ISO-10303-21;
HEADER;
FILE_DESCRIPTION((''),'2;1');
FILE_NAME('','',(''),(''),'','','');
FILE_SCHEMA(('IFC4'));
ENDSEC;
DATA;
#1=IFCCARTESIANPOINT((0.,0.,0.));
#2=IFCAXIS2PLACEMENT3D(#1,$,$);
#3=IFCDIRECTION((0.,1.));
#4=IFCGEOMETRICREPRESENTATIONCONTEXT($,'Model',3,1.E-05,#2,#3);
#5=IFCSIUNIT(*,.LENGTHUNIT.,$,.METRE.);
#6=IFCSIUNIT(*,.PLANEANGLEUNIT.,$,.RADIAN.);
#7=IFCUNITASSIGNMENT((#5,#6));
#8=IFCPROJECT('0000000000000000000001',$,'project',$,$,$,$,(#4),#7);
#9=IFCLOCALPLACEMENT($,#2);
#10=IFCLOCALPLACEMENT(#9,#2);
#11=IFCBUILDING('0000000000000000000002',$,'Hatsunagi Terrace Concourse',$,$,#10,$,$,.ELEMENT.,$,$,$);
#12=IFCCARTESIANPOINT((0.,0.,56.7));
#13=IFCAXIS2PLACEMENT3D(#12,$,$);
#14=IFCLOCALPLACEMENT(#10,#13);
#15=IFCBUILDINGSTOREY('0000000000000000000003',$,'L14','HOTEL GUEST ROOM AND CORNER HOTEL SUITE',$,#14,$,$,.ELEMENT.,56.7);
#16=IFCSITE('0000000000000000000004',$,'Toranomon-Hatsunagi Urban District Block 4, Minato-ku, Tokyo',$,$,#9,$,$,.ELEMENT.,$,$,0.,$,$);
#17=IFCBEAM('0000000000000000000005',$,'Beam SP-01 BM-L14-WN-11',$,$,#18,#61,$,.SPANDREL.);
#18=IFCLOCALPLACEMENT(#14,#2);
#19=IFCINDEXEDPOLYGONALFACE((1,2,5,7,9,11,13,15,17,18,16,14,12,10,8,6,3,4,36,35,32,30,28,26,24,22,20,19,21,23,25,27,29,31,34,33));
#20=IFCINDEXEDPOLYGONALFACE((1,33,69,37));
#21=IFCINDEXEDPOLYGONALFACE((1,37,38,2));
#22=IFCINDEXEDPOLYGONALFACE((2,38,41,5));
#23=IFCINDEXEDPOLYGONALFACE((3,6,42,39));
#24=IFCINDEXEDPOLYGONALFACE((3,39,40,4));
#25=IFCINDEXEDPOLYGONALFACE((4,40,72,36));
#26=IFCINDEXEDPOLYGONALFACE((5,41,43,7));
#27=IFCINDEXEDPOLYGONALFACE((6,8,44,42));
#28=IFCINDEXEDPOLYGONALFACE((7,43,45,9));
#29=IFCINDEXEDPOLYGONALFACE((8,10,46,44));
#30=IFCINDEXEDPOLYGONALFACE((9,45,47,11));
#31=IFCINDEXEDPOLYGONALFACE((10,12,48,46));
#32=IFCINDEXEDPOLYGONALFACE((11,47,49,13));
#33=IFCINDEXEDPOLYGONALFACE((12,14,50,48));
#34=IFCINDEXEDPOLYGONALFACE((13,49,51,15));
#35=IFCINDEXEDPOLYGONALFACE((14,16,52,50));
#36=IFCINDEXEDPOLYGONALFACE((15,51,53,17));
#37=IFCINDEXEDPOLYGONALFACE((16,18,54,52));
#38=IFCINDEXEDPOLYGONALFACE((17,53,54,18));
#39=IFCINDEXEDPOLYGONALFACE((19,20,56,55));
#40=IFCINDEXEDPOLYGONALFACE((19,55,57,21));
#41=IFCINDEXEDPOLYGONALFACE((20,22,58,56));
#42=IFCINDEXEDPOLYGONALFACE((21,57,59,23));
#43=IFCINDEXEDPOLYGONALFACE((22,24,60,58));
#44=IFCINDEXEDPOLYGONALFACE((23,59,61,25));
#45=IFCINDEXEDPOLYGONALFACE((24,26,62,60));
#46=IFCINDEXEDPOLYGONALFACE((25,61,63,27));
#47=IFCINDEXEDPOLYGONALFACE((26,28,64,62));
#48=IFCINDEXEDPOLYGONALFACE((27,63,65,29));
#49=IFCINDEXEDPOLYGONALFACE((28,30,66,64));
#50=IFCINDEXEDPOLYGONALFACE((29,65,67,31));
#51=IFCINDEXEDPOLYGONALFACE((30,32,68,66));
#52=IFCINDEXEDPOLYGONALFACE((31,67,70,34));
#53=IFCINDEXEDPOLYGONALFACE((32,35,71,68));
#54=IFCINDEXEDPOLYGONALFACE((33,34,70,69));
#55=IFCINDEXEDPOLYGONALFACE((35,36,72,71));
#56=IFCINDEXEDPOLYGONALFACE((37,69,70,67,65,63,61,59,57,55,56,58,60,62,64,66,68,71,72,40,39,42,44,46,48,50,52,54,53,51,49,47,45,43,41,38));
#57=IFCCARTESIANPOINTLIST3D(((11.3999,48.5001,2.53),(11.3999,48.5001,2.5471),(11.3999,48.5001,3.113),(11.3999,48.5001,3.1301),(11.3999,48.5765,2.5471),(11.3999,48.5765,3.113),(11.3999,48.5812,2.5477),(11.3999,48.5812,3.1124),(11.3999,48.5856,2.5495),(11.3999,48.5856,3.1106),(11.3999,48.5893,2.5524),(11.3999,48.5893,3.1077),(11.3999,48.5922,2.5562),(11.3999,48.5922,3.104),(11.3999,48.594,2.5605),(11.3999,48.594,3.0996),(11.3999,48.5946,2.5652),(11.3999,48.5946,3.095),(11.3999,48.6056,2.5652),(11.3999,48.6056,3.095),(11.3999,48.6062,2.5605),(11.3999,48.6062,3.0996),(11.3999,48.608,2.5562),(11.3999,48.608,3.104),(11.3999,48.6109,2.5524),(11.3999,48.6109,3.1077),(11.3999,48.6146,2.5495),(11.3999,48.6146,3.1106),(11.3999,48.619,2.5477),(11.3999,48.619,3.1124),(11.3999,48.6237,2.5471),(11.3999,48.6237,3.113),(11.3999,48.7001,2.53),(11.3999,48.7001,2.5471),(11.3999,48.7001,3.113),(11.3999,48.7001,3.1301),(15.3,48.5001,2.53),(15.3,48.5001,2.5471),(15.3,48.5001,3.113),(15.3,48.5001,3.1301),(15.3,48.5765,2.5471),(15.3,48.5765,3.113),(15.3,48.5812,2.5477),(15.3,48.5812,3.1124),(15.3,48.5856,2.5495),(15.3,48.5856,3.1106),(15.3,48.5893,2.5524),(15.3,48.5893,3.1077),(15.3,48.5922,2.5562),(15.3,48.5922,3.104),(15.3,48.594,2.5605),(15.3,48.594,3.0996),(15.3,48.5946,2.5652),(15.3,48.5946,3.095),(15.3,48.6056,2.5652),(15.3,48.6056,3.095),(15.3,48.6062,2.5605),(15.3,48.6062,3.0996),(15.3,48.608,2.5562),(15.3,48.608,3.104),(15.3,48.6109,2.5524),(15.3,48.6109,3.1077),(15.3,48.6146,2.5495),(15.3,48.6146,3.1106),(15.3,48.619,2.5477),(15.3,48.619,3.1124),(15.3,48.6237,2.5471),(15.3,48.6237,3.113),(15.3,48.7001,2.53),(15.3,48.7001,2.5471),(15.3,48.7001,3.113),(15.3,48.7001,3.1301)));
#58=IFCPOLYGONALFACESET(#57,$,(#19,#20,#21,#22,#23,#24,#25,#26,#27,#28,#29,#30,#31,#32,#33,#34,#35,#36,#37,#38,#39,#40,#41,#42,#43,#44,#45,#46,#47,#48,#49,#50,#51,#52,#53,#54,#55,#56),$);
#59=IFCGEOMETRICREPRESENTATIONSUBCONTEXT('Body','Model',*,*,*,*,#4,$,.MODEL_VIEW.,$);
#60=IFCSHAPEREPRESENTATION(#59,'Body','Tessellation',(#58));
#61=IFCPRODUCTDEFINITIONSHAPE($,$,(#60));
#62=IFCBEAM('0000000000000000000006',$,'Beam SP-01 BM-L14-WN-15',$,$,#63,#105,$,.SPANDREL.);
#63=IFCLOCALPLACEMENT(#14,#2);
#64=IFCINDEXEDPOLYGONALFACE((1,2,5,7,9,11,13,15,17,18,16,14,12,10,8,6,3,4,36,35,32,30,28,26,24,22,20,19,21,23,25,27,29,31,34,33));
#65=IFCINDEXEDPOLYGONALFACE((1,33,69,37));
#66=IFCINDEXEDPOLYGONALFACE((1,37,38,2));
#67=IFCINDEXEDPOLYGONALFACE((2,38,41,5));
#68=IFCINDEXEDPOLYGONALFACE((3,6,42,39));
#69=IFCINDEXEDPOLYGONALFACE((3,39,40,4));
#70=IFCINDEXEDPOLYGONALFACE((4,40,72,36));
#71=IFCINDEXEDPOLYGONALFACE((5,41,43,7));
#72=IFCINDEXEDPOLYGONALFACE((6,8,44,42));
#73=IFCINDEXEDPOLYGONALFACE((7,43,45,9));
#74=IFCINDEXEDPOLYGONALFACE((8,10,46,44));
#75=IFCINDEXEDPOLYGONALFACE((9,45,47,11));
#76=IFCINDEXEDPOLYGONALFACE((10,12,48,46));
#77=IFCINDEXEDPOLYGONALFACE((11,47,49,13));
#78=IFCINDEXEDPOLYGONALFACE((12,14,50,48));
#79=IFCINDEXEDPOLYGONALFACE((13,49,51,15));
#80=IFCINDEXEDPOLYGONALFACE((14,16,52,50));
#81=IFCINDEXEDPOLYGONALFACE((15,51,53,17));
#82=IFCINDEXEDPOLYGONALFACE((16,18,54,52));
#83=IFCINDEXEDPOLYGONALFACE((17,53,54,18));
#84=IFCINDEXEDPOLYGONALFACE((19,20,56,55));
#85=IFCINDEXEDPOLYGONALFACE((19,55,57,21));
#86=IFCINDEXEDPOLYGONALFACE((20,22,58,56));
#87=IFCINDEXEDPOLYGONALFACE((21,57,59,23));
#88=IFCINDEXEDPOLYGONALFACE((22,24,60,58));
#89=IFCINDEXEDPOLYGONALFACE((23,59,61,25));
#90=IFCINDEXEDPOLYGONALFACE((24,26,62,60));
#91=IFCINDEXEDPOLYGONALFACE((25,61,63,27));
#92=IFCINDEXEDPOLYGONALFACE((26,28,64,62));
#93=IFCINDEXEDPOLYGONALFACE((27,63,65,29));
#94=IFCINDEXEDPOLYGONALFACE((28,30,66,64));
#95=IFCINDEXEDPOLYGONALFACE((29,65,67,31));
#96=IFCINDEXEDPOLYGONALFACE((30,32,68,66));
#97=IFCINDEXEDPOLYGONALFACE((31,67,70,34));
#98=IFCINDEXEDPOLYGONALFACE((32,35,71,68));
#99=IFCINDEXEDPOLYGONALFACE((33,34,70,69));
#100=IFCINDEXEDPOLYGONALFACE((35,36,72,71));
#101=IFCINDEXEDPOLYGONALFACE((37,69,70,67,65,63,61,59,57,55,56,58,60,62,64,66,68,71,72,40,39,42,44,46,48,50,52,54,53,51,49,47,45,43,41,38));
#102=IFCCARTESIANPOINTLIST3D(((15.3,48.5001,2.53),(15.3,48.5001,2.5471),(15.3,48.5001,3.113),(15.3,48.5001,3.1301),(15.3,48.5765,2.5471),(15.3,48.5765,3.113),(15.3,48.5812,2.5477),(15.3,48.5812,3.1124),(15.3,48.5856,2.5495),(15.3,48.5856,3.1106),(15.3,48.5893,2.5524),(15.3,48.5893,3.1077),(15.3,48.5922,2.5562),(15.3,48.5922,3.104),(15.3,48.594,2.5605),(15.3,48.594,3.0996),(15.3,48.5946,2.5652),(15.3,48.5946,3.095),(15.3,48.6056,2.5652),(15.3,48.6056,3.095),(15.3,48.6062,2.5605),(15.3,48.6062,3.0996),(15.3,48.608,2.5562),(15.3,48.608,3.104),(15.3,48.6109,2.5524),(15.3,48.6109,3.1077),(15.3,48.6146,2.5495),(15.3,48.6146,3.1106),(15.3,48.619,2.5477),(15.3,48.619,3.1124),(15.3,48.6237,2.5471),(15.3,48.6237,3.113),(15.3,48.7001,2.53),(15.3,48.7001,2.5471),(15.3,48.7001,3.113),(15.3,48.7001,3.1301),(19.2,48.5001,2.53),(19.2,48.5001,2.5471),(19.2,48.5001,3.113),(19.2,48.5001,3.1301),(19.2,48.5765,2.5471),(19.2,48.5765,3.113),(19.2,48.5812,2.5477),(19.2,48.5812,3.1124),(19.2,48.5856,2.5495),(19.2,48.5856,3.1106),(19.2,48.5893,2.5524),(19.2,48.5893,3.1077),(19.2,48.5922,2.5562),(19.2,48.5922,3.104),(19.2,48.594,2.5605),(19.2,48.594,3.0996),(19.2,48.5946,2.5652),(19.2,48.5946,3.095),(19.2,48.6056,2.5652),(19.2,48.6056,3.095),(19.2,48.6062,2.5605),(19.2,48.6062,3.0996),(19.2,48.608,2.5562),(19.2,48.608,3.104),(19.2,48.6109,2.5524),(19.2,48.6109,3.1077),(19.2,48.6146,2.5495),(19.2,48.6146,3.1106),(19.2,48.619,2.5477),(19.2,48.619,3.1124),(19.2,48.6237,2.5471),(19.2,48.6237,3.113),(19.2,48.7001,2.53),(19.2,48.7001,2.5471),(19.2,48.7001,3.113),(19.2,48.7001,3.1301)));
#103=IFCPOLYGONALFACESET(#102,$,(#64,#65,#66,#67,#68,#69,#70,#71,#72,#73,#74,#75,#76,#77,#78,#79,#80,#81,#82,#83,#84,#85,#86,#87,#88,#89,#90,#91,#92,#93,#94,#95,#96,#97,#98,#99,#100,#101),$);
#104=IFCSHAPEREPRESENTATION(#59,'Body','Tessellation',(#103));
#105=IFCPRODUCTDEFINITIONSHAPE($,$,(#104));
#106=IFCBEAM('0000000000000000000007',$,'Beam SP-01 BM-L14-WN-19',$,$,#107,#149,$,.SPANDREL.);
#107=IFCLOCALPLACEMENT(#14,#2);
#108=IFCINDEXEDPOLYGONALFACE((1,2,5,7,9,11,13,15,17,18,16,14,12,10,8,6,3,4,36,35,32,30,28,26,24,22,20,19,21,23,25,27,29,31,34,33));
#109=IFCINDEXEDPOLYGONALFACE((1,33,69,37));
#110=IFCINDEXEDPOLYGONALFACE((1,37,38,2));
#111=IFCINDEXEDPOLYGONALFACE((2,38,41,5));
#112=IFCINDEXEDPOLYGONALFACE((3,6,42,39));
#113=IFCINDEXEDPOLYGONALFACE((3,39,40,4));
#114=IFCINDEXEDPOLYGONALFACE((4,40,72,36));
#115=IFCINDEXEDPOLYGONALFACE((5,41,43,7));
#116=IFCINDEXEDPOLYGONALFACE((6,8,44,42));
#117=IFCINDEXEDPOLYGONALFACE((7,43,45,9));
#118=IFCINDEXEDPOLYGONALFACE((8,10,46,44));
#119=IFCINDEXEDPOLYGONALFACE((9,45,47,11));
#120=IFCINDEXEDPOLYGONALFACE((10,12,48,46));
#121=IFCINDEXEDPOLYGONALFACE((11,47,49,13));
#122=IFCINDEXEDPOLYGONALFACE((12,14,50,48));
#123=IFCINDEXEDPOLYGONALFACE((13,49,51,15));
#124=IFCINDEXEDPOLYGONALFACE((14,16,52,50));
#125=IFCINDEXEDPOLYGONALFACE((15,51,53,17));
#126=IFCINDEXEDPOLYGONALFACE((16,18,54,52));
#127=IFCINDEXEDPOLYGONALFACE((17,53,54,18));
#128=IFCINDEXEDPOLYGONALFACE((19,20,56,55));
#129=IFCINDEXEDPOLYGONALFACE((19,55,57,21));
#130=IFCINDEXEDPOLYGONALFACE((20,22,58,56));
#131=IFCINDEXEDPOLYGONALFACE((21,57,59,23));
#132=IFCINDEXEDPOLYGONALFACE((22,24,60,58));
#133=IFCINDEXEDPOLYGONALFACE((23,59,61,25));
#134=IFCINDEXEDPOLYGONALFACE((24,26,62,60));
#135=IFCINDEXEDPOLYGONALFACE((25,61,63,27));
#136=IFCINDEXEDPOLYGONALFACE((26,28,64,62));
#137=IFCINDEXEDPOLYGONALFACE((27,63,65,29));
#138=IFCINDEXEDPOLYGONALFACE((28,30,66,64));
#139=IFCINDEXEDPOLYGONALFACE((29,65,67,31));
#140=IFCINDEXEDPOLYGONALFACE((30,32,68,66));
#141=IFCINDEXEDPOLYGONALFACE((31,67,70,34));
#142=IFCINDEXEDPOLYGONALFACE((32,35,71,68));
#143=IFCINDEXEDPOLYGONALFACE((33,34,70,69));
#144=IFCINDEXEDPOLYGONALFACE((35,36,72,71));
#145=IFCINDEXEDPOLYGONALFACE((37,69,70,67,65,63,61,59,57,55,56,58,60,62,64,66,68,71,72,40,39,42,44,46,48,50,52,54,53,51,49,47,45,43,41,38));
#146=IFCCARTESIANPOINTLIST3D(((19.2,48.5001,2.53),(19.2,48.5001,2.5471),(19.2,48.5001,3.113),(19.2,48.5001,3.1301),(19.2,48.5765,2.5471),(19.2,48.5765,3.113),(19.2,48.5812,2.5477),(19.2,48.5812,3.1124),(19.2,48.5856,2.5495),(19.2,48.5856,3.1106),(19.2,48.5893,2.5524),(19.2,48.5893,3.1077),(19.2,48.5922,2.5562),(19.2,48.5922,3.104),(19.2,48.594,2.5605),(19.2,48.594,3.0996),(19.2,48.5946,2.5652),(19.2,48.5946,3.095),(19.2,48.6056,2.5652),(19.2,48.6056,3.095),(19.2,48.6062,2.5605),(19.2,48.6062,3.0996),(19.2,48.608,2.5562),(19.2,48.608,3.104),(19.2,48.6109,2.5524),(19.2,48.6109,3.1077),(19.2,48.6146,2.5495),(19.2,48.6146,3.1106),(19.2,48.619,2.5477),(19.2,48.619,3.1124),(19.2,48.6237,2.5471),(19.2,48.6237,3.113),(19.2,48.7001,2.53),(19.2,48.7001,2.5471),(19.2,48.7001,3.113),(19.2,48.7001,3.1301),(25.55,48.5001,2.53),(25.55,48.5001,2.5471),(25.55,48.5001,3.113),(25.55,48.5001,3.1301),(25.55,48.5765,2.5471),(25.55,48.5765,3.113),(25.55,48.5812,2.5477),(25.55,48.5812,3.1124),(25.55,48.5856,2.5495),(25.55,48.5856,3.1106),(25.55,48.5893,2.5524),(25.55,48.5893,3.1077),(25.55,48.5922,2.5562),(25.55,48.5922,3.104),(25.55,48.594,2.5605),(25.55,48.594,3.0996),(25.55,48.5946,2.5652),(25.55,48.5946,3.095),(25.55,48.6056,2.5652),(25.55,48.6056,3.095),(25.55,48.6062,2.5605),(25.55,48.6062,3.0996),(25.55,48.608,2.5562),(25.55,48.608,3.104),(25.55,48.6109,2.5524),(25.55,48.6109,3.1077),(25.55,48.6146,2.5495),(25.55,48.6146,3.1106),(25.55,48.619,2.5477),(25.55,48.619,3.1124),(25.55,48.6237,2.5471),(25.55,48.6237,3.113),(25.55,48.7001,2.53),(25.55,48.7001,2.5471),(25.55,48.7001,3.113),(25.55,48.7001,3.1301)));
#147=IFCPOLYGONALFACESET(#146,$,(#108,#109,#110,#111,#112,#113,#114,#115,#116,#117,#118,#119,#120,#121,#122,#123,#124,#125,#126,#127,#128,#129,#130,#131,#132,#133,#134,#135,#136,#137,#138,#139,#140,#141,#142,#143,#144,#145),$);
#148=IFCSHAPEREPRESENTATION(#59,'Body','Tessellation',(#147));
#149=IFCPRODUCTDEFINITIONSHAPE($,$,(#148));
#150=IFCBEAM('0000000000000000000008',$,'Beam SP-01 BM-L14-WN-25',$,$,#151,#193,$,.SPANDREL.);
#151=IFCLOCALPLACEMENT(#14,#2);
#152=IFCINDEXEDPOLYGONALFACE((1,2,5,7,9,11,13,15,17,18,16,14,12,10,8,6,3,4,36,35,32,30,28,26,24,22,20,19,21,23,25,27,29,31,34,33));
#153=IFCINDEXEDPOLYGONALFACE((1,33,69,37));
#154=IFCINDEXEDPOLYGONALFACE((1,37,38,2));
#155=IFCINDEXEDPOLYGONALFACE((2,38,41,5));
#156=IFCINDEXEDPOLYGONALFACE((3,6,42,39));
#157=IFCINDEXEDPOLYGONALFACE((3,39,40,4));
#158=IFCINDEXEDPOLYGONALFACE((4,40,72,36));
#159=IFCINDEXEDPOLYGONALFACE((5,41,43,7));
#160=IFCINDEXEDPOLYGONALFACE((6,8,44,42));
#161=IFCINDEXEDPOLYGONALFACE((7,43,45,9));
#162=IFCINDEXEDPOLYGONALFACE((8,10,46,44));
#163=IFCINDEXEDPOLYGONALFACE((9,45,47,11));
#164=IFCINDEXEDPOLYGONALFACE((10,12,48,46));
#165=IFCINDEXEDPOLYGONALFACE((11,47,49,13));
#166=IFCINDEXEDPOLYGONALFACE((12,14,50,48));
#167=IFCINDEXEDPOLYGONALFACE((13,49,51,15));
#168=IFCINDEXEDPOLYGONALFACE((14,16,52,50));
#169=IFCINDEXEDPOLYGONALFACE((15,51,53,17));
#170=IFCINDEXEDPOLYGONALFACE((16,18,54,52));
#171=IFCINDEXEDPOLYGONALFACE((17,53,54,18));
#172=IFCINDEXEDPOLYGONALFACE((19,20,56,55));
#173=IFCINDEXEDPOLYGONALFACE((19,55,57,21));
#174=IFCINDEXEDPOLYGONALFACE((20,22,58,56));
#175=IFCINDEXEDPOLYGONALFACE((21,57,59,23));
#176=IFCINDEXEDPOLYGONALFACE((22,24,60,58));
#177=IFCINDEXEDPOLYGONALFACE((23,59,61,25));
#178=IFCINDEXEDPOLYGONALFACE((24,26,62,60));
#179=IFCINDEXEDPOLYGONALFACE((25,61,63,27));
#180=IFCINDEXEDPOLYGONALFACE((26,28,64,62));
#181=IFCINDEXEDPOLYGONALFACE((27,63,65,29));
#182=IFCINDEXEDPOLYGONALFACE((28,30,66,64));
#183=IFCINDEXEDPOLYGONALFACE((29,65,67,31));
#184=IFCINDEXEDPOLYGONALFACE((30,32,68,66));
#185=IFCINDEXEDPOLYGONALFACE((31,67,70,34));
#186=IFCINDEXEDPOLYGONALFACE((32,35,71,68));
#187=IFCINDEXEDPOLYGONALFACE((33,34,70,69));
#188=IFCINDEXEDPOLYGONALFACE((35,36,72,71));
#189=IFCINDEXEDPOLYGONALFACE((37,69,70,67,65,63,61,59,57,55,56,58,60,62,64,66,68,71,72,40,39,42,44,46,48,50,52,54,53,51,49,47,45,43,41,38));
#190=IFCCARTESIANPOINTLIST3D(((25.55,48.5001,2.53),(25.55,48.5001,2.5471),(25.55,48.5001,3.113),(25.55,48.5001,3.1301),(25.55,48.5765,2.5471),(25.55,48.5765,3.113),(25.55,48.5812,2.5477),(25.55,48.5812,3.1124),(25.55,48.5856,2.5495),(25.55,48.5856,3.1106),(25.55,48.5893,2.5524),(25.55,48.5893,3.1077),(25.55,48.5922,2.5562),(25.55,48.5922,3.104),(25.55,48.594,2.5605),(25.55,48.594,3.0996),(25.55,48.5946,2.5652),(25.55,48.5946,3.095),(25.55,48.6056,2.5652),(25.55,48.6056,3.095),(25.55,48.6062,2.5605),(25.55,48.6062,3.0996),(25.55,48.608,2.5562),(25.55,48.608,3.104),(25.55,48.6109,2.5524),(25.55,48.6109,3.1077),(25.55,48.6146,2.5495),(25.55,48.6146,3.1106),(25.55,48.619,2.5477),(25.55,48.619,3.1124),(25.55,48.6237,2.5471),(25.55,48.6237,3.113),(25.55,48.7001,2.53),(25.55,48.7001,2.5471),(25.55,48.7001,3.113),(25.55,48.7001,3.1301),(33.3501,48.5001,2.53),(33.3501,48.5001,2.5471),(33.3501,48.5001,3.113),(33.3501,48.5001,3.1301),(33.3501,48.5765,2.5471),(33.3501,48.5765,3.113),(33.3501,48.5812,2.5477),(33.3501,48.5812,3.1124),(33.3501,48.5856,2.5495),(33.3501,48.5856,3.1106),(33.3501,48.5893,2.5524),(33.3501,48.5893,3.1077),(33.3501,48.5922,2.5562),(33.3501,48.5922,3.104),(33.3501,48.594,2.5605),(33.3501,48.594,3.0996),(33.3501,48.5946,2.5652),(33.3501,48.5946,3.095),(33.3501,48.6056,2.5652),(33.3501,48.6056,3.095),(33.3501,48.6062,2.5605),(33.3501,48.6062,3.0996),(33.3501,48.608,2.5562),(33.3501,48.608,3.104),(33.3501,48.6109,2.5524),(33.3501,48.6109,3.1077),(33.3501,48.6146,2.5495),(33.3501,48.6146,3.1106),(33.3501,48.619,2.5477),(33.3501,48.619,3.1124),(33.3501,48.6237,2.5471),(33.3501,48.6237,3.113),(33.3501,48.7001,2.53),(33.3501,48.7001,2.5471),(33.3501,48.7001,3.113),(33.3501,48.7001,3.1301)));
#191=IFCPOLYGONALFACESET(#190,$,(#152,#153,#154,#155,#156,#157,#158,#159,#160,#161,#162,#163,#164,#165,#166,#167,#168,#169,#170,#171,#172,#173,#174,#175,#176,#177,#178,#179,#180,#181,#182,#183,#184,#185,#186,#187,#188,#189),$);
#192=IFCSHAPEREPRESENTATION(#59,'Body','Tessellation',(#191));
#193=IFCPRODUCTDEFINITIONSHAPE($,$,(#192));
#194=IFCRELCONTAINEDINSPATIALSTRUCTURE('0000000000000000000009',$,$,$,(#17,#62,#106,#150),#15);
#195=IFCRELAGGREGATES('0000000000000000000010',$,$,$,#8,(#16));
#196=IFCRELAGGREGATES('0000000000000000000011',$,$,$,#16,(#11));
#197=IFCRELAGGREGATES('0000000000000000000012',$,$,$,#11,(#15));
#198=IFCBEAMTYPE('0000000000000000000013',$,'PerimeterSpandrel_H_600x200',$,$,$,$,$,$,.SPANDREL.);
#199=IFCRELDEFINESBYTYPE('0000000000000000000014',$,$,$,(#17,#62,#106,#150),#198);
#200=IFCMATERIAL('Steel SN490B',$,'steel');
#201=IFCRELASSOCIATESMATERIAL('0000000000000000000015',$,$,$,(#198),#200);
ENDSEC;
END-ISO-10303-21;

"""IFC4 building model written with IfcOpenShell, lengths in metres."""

from ifc_helpers import new_model, si_unit, direction, frame, origin, origin_2d, place, context, subcontext, project, spatial, i_section, extrude, material, material_profile, profile_set, type_object, element, save


model = new_model("IFC4")

# Units and contexts
model_context = context("Model", 3, precision=1e-05, world=origin(), true_north=direction((0.0, 1.0)))
body_context = subcontext(model_context, "Body", "Model", "MODEL_VIEW")
ifc_project = project(units=[si_unit("LENGTHUNIT", "METRE"), si_unit("PLANEANGLEUNIT", "RADIAN")], contexts=[model_context])

# Site, building, storey
site_placement = place(None, origin())
site = spatial("IfcSite", under=ifc_project, at=site_placement, Name="Toranomon-Hatsunagi Urban District Block 4, Minato-ku, Tokyo", CompositionType="ELEMENT", RefElevation=0.0)
building_placement = place(site_placement, origin())
building = spatial("IfcBuilding", under=site, at=building_placement, Name="Hatsunagi Terrace Concourse", CompositionType="ELEMENT")
storey_placement = place(building_placement, frame((0.0, 0.0, 56.7)))
storey = spatial("IfcBuildingStorey", under=building, at=storey_placement, Name="L14", Description="HOTEL GUEST ROOM AND CORNER HOTEL SUITE", CompositionType="ELEMENT", Elevation=56.7)

# Beams
ifc_material_1 = material(Name="Steel SN490B", Category="steel")
ifc_material_profile_1 = material_profile(ifc_material_1, i_section(OverallWidth=0.2, OverallDepth=0.6001, WebThickness=0.011, FlangeThickness=0.0171, FilletRadius=0.0181, at=origin_2d()), Name="H-600x200x11x17")
ifc_profile_set_1 = profile_set([ifc_material_profile_1], Name="Steel SN490B")
beam_type_1 = type_object("IfcBeamType", Name="PerimeterSpandrel_H_600x200", PredefinedType="SPANDREL", material=ifc_profile_set_1)
beam_1_placement = place(storey_placement, frame((11.3999, 48.6001, 2.8301), z_axis=(1.0, 0.0, 0.0), x_axis=(0.0, 1.0, 0.0)))
element("IfcBeam", 1, at=beam_1_placement, inside=storey, type_object=beam_type_1, Name="Beam SP-01 BM-L14-WN-11", PredefinedType="SPANDREL", context=body_context, shape_type="SweptSolid", body=[
    extrude(i_section(OverallWidth=0.2, OverallDepth=0.6001, WebThickness=0.011, FlangeThickness=0.0171, FilletRadius=0.0181, at=origin_2d()), origin(), (0.0, 0.0, 1.0), 3.9001),
])
beam_2_placement = place(storey_placement, frame((15.3, 48.6001, 2.8301), z_axis=(1.0, 0.0, 0.0), x_axis=(0.0, 1.0, 0.0)))
element("IfcBeam", 2, at=beam_2_placement, inside=storey, type_object=beam_type_1, Name="Beam SP-01 BM-L14-WN-15", PredefinedType="SPANDREL", context=body_context, shape_type="SweptSolid", body=[
    extrude(i_section(OverallWidth=0.2, OverallDepth=0.6001, WebThickness=0.011, FlangeThickness=0.0171, FilletRadius=0.0181, at=origin_2d()), origin(), (0.0, 0.0, 1.0), 3.8999),
])
beam_3_placement = place(storey_placement, frame((19.2, 48.6001, 2.8301), z_axis=(1.0, 0.0, 0.0), x_axis=(0.0, 1.0, 0.0)))
element("IfcBeam", 3, at=beam_3_placement, inside=storey, type_object=beam_type_1, Name="Beam SP-01 BM-L14-WN-19", PredefinedType="SPANDREL", context=body_context, shape_type="SweptSolid", body=[
    extrude(i_section(OverallWidth=0.2, OverallDepth=0.6001, WebThickness=0.011, FlangeThickness=0.0171, FilletRadius=0.0181, at=origin_2d()), origin(), (0.0, 0.0, 1.0), 6.3501),
])
beam_4_placement = place(storey_placement, frame((25.55, 48.6001, 2.8301), z_axis=(1.0, 0.0, 0.0), x_axis=(0.0, 1.0, 0.0)))
element("IfcBeam", 4, at=beam_4_placement, inside=storey, type_object=beam_type_1, Name="Beam SP-01 BM-L14-WN-25", PredefinedType="SPANDREL", context=body_context, shape_type="SweptSolid", body=[
    extrude(i_section(OverallWidth=0.2, OverallDepth=0.6001, WebThickness=0.011, FlangeThickness=0.0171, FilletRadius=0.0181, at=origin_2d()), origin(), (0.0, 0.0, 1.0), 7.8),
])

save(model, "model.ifc")
